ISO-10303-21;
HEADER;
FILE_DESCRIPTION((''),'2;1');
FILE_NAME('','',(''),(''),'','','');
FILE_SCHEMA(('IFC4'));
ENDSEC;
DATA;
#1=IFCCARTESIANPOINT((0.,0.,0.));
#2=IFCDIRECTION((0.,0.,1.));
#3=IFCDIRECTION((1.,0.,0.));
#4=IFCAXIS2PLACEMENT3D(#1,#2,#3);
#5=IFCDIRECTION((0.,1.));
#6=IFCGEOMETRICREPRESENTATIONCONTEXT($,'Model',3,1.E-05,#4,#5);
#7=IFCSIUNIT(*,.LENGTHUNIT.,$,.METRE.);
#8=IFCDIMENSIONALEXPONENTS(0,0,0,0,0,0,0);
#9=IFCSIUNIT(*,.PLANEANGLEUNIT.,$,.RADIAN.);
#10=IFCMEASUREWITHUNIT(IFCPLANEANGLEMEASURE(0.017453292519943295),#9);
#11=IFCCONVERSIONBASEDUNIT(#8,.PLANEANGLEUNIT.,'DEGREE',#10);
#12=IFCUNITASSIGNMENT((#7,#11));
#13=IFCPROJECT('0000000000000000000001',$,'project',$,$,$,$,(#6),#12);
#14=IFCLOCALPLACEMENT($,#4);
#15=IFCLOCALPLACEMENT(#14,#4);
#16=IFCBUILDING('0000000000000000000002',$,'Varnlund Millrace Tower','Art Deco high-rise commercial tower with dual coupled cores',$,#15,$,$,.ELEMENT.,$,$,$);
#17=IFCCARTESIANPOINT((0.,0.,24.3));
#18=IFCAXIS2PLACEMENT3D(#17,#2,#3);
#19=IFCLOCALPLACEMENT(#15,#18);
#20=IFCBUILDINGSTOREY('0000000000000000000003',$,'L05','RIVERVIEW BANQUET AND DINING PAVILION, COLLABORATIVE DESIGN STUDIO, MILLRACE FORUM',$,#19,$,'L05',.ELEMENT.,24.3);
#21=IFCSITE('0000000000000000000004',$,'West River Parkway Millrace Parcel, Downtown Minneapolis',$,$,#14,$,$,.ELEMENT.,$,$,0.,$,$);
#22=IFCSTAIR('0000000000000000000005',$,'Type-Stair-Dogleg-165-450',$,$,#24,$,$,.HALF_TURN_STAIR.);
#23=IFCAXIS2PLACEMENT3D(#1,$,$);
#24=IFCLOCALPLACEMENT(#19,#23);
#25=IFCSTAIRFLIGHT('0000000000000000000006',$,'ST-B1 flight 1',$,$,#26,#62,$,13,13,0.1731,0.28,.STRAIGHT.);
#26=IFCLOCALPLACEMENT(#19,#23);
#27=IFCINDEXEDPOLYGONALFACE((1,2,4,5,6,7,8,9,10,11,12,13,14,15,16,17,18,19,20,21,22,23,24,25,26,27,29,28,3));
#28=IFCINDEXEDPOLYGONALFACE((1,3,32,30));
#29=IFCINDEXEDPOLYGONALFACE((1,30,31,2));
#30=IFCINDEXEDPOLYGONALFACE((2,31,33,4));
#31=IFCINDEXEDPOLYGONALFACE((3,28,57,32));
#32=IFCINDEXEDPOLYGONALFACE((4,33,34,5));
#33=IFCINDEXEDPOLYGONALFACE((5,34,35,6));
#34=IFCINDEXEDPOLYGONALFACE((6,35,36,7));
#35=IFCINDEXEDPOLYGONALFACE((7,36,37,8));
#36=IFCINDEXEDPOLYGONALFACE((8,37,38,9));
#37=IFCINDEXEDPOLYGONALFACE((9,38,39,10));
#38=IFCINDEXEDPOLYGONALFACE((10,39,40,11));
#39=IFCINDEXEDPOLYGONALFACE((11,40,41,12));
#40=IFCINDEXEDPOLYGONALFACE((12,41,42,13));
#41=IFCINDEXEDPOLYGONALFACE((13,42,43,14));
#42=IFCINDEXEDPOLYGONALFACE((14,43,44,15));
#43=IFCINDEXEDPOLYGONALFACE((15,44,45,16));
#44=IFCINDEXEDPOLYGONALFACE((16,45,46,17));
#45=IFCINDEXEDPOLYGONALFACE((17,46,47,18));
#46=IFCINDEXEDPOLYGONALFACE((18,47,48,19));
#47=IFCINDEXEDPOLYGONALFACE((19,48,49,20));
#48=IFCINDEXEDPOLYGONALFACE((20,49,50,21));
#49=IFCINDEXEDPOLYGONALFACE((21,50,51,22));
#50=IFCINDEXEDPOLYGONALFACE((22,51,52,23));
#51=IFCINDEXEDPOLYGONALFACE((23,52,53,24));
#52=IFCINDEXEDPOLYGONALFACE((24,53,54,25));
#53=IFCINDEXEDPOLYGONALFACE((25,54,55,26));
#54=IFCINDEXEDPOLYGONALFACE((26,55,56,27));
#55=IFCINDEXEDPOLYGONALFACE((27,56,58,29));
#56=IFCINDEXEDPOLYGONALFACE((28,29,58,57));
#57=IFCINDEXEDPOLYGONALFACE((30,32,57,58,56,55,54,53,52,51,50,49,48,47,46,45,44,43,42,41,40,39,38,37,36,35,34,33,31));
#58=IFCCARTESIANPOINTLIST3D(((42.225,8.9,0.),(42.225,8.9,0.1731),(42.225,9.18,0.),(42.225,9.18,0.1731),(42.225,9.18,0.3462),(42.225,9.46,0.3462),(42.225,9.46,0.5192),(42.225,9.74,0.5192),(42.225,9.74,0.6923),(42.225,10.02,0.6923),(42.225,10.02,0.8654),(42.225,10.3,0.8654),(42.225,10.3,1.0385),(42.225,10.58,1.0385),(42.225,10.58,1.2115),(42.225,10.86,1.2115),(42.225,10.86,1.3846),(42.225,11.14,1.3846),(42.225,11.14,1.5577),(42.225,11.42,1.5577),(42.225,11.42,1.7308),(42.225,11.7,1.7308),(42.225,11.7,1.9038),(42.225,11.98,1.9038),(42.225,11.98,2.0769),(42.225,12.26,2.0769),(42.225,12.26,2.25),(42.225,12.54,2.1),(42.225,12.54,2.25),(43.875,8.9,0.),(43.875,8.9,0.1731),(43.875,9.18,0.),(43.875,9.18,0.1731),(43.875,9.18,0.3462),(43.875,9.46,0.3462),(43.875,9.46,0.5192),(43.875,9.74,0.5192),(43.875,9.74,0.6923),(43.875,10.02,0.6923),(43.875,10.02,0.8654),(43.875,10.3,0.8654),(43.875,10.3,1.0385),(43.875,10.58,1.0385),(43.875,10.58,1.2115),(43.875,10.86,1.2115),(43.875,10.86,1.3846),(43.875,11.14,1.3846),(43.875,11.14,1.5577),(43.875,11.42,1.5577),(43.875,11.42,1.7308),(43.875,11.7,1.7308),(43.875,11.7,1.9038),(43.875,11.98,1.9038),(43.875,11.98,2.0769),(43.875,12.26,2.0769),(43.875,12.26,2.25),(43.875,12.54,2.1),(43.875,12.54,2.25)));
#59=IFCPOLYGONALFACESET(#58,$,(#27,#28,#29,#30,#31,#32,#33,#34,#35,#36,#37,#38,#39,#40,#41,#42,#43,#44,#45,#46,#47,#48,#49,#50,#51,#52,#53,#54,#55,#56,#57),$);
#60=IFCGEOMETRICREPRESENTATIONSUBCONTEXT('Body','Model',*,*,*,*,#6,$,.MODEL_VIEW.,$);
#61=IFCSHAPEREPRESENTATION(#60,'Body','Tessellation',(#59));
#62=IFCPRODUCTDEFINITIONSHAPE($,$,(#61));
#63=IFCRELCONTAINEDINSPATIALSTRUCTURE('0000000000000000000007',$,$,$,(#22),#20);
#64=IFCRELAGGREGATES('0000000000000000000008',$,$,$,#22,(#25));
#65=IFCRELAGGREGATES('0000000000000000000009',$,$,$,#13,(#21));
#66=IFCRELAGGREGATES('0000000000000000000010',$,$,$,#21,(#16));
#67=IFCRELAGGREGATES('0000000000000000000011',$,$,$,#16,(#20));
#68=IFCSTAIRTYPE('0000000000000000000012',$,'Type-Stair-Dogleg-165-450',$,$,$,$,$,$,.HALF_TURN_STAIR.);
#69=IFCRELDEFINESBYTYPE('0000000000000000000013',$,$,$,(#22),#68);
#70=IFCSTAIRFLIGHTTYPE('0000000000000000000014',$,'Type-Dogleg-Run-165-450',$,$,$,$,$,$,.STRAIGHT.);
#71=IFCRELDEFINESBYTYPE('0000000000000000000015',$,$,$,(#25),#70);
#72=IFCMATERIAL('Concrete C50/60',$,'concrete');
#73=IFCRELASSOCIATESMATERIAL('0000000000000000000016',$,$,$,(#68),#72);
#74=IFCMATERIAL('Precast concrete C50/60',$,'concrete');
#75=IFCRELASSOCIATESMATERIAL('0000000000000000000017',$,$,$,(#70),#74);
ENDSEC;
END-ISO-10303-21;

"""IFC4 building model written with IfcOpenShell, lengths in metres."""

from ifc_helpers import new_model, entity, si_unit, converted_unit, direction, frame, origin_with_axes, place, context, subcontext, project, spatial, polyline, outline, extrude, material, type_object, element, aggregate, save


model = new_model("IFC4")

# Units and contexts
model_context = context("Model", 3, precision=1e-05, world=origin_with_axes(), true_north=direction((0.0, 1.0)))
body_context = subcontext(model_context, "Body", "Model", "MODEL_VIEW")
ifc_project = project(units=[si_unit("LENGTHUNIT", "METRE"), converted_unit("PLANEANGLEUNIT", "DEGREE", entity("IfcPlaneAngleMeasure", 0.017453292519943295), si_unit("PLANEANGLEUNIT", "RADIAN"), dimensions=[0, 0, 0, 0, 0, 0, 0])], contexts=[model_context])

# Site, building, storey
site_placement = place(None, origin_with_axes())
site = spatial("IfcSite", under=ifc_project, at=site_placement, Name="West River Parkway Millrace Parcel, Downtown Minneapolis", CompositionType="ELEMENT", RefElevation=0.0)
building_placement = place(site_placement, origin_with_axes())
building = spatial("IfcBuilding", under=site, at=building_placement, Name="Varnlund Millrace Tower", Description="Art Deco high-rise commercial tower with dual coupled cores", CompositionType="ELEMENT")
storey_placement = place(building_placement, frame((0.0, 0.0, 24.3), z_axis=(0.0, 0.0, 1.0), x_axis=(1.0, 0.0, 0.0)))
storey = spatial("IfcBuildingStorey", under=building, at=storey_placement, Name="L05", Description="RIVERVIEW BANQUET AND DINING PAVILION, COLLABORATIVE DESIGN STUDIO, MILLRACE FORUM", LongName="L05", CompositionType="ELEMENT", Elevation=24.3)

# Stair, stair flight
ifc_material_1 = material(Name="Concrete C50/60", Category="concrete")
stair_type = type_object("IfcStairType", Name="Type-Stair-Dogleg-165-450", PredefinedType="HALF_TURN_STAIR", material=ifc_material_1)
stair_placement = place(storey_placement, origin_with_axes())
stair = element("IfcStair", 1, at=stair_placement, inside=storey, type_object=stair_type, Name="Type-Stair-Dogleg-165-450", PredefinedType="HALF_TURN_STAIR")
ifc_material_2 = material(Name="Precast concrete C50/60", Category="concrete")
stair_flight_type = type_object("IfcStairFlightType", Name="Type-Dogleg-Run-165-450", PredefinedType="STRAIGHT", material=ifc_material_2)
stair_flight_placement = place(storey_placement, frame((42.225, 8.9, 0.0), z_axis=(1.0, 0.0, 0.0), x_axis=(0.0, 1.0, 0.0)))
stair_flight = element("IfcStairFlight", 2, at=stair_flight_placement, type_object=stair_flight_type, Name="ST-B1 flight 1", NumberOfRisers=13, NumberOfTreads=13, PredefinedType="STRAIGHT", RiserHeight=0.1731, TreadLength=0.28, context=body_context, shape_type="SweptSolid", body=[
    extrude(outline(polyline([(0.0, 0.0), (0.0, 0.1731), (0.28, 0.1731), (0.28, 0.3462), (0.56, 0.3462), (0.56, 0.5192), (0.84, 0.5192), (0.84, 0.6923), (1.12, 0.6923), (1.12, 0.8654), (1.4, 0.8654), (1.4, 1.0385), (1.68, 1.0385), (1.68, 1.2115), (1.96, 1.2115), (1.96, 1.3846), (2.24, 1.3846), (2.24, 1.5577), (2.52, 1.5577), (2.52, 1.7308), (2.8, 1.7308), (2.8, 1.9038), (3.08, 1.9038), (3.08, 2.0769), (3.36, 2.0769), (3.36, 2.25), (3.64, 2.25), (3.64, 2.1), (0.28, 0.0), (0.0, 0.0)])), origin_with_axes(), (0.0, 0.0, 1.0), 1.65),
])
aggregate(stair, [stair_flight])

save(model, "model.ifc")
